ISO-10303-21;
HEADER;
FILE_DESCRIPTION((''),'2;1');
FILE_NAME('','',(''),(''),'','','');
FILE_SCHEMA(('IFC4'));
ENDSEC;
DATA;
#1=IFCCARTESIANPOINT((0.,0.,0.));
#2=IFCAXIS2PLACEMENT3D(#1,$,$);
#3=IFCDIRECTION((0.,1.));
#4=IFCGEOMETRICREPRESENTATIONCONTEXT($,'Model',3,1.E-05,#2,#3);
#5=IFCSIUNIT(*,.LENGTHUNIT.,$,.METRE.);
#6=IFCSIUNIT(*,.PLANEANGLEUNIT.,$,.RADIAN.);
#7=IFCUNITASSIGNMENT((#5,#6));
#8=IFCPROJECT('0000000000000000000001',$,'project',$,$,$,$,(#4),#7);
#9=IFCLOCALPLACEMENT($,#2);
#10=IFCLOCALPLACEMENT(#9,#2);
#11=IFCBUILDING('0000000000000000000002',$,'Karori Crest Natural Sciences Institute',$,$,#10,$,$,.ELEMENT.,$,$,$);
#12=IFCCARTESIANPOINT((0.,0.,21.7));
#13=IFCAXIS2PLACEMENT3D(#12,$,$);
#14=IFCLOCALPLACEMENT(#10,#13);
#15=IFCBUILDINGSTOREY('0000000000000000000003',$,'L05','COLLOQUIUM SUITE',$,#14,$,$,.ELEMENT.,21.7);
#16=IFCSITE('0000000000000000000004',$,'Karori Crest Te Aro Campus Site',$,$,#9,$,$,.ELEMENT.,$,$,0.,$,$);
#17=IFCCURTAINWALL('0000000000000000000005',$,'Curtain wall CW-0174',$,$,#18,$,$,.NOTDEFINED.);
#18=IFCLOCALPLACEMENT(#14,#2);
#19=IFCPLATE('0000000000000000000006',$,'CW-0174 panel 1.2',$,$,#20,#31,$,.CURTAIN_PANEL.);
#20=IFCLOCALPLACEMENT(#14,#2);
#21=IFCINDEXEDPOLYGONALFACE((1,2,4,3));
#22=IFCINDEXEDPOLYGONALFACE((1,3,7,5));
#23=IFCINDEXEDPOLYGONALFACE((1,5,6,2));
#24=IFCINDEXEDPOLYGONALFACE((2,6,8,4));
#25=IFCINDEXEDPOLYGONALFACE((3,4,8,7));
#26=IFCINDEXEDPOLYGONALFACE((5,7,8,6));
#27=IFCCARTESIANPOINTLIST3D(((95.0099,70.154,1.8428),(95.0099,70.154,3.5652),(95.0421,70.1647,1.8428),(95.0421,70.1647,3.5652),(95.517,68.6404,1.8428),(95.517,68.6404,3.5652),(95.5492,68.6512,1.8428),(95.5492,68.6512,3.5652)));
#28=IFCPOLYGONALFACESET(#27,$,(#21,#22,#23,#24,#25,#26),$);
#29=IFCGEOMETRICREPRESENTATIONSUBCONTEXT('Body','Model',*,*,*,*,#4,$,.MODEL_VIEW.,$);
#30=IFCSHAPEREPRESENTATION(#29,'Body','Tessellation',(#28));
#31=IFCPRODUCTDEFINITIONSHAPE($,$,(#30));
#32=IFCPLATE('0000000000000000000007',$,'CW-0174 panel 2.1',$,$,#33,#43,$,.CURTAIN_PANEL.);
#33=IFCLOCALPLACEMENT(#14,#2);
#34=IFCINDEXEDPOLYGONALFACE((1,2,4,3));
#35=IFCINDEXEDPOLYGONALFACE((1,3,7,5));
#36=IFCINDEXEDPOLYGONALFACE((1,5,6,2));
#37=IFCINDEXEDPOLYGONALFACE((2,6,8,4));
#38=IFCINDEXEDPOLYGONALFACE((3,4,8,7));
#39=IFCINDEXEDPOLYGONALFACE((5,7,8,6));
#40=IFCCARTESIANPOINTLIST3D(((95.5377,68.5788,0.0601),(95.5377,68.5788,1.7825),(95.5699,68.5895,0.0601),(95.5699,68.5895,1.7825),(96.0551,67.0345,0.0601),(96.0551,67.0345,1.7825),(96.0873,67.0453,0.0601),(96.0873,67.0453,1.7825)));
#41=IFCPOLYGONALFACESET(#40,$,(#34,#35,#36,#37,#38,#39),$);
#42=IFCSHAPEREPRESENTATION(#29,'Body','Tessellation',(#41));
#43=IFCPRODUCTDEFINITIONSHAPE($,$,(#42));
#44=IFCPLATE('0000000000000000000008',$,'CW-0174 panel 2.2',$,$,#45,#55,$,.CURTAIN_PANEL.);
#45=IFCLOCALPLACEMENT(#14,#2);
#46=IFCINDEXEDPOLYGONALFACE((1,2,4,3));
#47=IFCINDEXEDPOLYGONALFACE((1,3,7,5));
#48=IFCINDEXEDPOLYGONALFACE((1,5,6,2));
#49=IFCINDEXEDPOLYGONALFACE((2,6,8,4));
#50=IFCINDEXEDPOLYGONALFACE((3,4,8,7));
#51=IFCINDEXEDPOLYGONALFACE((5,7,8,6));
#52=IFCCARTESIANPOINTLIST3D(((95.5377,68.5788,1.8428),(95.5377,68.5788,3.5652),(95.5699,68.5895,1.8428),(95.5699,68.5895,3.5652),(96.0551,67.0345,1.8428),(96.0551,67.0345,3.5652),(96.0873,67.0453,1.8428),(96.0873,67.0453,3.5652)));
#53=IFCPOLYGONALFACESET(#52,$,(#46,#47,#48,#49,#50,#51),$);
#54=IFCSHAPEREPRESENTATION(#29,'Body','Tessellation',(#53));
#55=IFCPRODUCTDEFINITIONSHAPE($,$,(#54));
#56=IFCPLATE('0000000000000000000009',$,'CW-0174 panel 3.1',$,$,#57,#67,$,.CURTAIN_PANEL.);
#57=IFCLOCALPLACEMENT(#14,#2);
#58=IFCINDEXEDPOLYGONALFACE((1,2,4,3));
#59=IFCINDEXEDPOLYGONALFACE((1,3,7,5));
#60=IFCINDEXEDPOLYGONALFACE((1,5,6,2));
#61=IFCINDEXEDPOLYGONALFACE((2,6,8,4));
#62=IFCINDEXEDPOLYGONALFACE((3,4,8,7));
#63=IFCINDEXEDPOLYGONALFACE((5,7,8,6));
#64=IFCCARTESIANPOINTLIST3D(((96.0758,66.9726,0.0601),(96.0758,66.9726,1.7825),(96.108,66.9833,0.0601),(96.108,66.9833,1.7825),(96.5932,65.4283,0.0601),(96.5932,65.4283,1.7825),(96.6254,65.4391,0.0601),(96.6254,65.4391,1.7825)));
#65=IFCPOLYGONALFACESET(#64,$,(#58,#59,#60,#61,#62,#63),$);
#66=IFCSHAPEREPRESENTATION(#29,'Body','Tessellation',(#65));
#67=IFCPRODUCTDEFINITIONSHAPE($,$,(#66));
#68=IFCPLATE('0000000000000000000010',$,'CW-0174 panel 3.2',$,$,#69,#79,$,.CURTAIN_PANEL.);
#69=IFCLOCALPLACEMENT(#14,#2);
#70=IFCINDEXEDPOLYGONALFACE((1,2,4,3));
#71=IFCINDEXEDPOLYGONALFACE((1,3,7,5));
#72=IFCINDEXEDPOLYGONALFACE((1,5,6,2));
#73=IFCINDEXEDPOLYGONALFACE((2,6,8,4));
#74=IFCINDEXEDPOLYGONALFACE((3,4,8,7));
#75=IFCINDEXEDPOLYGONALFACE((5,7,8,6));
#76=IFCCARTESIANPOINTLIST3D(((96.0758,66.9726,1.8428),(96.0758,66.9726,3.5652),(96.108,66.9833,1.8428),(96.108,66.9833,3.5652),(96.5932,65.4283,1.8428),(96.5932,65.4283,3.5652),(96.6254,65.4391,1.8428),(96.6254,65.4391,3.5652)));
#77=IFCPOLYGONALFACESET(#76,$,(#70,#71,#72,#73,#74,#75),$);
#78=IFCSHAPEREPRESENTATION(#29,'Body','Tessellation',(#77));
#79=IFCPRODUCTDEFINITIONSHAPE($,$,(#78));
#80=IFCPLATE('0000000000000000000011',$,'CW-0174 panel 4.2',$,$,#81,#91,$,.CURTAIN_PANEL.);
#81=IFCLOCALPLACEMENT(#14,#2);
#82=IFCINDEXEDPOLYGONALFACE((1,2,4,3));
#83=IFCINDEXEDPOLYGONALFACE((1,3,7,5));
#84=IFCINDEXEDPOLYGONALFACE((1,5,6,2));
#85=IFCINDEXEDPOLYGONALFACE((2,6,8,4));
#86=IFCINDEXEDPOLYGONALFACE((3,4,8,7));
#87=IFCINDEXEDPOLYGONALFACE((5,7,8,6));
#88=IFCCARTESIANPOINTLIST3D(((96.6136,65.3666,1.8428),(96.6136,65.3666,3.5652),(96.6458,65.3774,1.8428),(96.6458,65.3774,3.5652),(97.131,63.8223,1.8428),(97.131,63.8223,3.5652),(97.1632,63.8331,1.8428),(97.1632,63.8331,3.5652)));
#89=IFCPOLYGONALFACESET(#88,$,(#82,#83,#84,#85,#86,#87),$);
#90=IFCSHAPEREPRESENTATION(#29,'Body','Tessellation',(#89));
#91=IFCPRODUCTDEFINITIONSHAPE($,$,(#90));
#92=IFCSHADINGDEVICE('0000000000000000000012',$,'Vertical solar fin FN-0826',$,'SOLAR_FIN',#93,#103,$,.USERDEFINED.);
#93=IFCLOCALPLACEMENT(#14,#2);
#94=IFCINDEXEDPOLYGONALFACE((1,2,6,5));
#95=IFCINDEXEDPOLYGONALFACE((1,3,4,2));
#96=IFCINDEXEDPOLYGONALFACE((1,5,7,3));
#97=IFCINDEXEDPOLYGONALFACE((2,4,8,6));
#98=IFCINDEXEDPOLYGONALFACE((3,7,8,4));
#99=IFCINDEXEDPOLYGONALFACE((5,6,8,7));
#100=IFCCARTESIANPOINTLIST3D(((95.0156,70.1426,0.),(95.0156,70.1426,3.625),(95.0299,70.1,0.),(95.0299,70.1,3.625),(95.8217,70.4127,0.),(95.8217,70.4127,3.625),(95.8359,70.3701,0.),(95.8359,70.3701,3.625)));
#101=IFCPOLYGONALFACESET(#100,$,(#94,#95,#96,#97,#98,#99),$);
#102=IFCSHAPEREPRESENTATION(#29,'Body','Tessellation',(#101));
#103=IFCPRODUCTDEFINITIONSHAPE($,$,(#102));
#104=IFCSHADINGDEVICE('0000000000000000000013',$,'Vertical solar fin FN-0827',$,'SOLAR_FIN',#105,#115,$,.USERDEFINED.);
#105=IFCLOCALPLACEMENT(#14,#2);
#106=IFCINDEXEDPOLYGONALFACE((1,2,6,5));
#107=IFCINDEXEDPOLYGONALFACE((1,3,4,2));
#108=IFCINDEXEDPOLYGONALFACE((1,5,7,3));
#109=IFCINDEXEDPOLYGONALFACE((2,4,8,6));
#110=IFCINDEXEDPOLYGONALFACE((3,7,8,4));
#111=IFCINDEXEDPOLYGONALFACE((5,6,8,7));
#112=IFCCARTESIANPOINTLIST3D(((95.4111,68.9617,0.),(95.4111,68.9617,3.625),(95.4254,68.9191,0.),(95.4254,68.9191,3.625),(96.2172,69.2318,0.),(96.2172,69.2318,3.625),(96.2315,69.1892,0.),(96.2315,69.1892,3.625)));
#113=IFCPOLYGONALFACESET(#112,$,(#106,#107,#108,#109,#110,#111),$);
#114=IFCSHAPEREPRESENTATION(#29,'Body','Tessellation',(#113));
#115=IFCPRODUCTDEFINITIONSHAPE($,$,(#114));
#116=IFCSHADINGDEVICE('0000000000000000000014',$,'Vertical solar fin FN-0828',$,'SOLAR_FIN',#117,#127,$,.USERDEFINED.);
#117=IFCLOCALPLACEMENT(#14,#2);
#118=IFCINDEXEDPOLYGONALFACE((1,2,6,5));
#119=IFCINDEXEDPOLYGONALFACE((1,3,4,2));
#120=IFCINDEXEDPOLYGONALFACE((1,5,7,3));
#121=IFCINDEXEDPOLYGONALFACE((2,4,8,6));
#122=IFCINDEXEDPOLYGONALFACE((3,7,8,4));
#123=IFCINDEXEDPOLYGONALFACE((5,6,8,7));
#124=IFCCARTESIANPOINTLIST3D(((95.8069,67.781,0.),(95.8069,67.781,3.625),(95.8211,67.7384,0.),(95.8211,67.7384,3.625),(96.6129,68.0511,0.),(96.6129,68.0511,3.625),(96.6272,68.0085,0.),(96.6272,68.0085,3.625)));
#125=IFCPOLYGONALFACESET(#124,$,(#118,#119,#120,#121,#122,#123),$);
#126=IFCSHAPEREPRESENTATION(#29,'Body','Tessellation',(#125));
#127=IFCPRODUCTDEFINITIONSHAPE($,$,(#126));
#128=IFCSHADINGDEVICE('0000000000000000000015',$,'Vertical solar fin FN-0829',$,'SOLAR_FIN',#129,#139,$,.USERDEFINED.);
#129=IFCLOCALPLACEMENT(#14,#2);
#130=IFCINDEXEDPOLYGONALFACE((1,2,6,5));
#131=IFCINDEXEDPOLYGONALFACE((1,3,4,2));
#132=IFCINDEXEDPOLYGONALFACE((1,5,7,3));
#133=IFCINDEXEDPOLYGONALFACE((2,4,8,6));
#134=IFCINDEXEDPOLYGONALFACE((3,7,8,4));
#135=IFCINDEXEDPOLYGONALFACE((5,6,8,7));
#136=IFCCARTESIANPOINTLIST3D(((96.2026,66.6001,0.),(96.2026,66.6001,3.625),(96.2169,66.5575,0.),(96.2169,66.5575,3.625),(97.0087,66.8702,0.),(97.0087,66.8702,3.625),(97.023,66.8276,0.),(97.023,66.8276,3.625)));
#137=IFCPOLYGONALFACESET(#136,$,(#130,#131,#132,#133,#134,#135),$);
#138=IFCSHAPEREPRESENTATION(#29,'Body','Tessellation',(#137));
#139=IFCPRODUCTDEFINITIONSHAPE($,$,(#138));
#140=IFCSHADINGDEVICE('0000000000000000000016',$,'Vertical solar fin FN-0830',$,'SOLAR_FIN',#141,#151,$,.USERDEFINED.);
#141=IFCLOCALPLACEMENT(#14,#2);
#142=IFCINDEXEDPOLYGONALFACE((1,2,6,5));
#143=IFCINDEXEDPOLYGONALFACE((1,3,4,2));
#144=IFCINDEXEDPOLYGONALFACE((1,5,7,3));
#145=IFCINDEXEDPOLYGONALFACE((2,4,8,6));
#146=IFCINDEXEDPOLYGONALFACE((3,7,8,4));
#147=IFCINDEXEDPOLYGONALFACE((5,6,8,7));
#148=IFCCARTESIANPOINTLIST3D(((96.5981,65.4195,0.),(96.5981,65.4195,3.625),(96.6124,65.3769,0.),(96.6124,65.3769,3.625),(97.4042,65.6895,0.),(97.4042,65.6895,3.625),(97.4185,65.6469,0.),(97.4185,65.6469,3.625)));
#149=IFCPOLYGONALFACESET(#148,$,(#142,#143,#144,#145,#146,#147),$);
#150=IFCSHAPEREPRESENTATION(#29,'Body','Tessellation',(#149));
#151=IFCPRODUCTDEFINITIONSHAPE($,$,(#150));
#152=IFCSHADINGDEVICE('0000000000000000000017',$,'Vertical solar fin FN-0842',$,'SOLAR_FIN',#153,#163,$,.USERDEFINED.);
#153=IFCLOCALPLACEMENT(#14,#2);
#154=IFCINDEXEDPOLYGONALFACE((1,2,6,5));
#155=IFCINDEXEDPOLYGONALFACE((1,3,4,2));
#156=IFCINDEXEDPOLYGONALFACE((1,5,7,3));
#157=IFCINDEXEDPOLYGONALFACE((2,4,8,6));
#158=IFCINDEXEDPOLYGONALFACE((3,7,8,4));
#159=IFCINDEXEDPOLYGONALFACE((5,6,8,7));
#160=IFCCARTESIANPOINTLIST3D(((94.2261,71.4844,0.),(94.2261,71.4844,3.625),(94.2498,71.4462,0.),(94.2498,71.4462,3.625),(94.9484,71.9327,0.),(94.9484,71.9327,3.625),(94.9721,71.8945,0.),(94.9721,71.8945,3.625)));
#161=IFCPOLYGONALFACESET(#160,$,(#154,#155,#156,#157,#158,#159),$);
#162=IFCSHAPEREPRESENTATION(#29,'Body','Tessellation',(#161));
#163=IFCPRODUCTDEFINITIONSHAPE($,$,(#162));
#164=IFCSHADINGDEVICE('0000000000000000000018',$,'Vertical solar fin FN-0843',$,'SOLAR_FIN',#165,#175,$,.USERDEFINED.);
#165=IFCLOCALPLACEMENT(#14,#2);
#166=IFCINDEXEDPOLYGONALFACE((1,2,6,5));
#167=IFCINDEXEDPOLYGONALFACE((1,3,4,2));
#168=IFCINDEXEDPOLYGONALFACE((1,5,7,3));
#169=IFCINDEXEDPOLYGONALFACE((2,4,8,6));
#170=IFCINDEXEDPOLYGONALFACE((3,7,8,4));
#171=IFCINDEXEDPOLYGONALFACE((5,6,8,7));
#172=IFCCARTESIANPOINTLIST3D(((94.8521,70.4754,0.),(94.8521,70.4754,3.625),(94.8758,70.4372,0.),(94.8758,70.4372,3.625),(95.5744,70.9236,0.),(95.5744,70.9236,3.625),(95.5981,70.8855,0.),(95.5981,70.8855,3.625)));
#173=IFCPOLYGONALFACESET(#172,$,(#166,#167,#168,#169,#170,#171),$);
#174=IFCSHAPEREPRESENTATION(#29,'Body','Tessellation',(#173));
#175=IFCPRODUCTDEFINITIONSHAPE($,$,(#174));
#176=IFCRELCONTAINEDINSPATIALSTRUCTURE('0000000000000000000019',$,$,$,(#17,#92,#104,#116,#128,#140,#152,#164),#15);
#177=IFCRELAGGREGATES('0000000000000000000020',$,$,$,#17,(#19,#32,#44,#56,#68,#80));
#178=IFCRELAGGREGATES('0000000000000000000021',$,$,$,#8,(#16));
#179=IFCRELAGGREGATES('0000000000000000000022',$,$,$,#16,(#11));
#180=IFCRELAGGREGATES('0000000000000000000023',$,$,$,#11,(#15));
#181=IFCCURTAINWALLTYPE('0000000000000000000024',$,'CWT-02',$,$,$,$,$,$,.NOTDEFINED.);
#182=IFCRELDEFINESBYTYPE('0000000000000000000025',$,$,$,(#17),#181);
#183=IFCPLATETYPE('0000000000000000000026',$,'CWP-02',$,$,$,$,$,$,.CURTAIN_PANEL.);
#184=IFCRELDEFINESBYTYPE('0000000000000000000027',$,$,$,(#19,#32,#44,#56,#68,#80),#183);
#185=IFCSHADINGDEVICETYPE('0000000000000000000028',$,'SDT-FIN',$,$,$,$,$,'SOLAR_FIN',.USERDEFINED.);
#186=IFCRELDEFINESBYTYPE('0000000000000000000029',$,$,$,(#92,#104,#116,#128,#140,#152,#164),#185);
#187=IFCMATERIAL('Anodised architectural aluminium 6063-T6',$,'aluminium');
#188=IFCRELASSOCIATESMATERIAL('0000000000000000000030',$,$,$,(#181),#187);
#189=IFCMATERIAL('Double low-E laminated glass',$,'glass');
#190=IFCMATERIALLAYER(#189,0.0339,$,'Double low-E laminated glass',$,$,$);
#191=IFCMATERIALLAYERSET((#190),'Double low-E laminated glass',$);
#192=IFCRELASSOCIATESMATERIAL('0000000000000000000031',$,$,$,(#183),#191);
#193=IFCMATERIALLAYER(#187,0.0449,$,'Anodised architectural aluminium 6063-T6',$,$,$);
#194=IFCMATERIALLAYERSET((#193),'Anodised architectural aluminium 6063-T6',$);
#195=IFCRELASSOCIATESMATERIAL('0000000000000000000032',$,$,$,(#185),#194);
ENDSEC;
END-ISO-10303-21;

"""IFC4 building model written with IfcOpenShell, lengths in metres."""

from ifc_helpers import new_model, si_unit, direction, frame, origin, origin_2d, place, context, subcontext, project, spatial, rectangle, extrude, material, layer, layer_set, type_object, element, aggregate, save


model = new_model("IFC4")

# Units and contexts
model_context = context("Model", 3, precision=1e-05, world=origin(), true_north=direction((0.0, 1.0)))
body_context = subcontext(model_context, "Body", "Model", "MODEL_VIEW")
ifc_project = project(units=[si_unit("LENGTHUNIT", "METRE"), si_unit("PLANEANGLEUNIT", "RADIAN")], contexts=[model_context])

# Site, building, storey
site_placement = place(None, origin())
site = spatial("IfcSite", under=ifc_project, at=site_placement, Name="Karori Crest Te Aro Campus Site", CompositionType="ELEMENT", RefElevation=0.0)
building_placement = place(site_placement, origin())
building = spatial("IfcBuilding", under=site, at=building_placement, Name="Karori Crest Natural Sciences Institute", CompositionType="ELEMENT")
storey_placement = place(building_placement, frame((0.0, 0.0, 21.7)))
storey = spatial("IfcBuildingStorey", under=building, at=storey_placement, Name="L05", Description="COLLOQUIUM SUITE", CompositionType="ELEMENT", Elevation=21.7)

# Curtain wall
ifc_material_1 = material(Name="Anodised architectural aluminium 6063-T6", Category="aluminium")
curtain_wall_type_1 = type_object("IfcCurtainWallType", Name="CWT-02", PredefinedType="NOTDEFINED", material=ifc_material_1)
curtain_wall_1_placement = place(storey_placement, origin())
curtain_wall_1 = element("IfcCurtainWall", 1, at=curtain_wall_1_placement, inside=storey, type_object=curtain_wall_type_1, Name="Curtain wall CW-0174", PredefinedType="NOTDEFINED")

# Plates
ifc_material_2 = material(Name="Double low-E laminated glass", Category="glass")
ifc_layer_1 = layer(ifc_material_2, 0.0339, Name="Double low-E laminated glass")
ifc_layer_set_1 = layer_set([ifc_layer_1], Name="Double low-E laminated glass")
plate_type = type_object("IfcPlateType", Name="CWP-02", PredefinedType="CURTAIN_PANEL", material=ifc_layer_set_1)
plate_1_placement = place(storey_placement, frame((95.2795, 69.4026, 1.8428), z_axis=(0.0, 0.0, 1.0), x_axis=(0.31768, -0.948198, 0.0)))
plate_1 = element("IfcPlate", 2, at=plate_1_placement, type_object=plate_type, Name="CW-0174 panel 1.2", PredefinedType="CURTAIN_PANEL", context=body_context, shape_type="SweptSolid", body=[
    extrude(rectangle(XDim=1.5962, YDim=0.0339, at=origin_2d()), origin(), (0.0, 0.0, 1.0), 1.7224),
])
plate_2_placement = place(storey_placement, frame((95.8125, 67.812, 0.0601), z_axis=(0.0, 0.0, 1.0), x_axis=(0.31768, -0.948198, 0.0)))
plate_2 = element("IfcPlate", 3, at=plate_2_placement, type_object=plate_type, Name="CW-0174 panel 2.1", PredefinedType="CURTAIN_PANEL", context=body_context, shape_type="SweptSolid", body=[
    extrude(rectangle(XDim=1.6287, YDim=0.0339, at=origin_2d()), origin(), (0.0, 0.0, 1.0), 1.7224),
])
plate_3_placement = place(storey_placement, frame((95.8125, 67.812, 1.8428), z_axis=(0.0, 0.0, 1.0), x_axis=(0.31768, -0.948198, 0.0)))
plate_3 = element("IfcPlate", 4, at=plate_3_placement, type_object=plate_type, Name="CW-0174 panel 2.2", PredefinedType="CURTAIN_PANEL", context=body_context, shape_type="SweptSolid", body=[
    extrude(rectangle(XDim=1.6287, YDim=0.0339, at=origin_2d()), origin(), (0.0, 0.0, 1.0), 1.7224),
])
plate_4_placement = place(storey_placement, frame((96.3506, 66.2058, 0.0601), z_axis=(0.0, 0.0, 1.0), x_axis=(0.31768, -0.948198, 0.0)))
plate_4 = element("IfcPlate", 5, at=plate_4_placement, type_object=plate_type, Name="CW-0174 panel 3.1", PredefinedType="CURTAIN_PANEL", context=body_context, shape_type="SweptSolid", body=[
    extrude(rectangle(XDim=1.6287, YDim=0.0339, at=origin_2d()), origin(), (0.0, 0.0, 1.0), 1.7224),
])
plate_5_placement = place(storey_placement, frame((96.3506, 66.2058, 1.8428), z_axis=(0.0, 0.0, 1.0), x_axis=(0.31768, -0.948198, 0.0)))
plate_5 = element("IfcPlate", 6, at=plate_5_placement, type_object=plate_type, Name="CW-0174 panel 3.2", PredefinedType="CURTAIN_PANEL", context=body_context, shape_type="SweptSolid", body=[
    extrude(rectangle(XDim=1.6287, YDim=0.0339, at=origin_2d()), origin(), (0.0, 0.0, 1.0), 1.7224),
])
plate_6_placement = place(storey_placement, frame((96.8884, 64.5999, 1.8428), z_axis=(0.0, 0.0, 1.0), x_axis=(0.31768, -0.948198, 0.0)))
plate_6 = element("IfcPlate", 7, at=plate_6_placement, type_object=plate_type, Name="CW-0174 panel 4.2", PredefinedType="CURTAIN_PANEL", context=body_context, shape_type="SweptSolid", body=[
    extrude(rectangle(XDim=1.6287, YDim=0.0339, at=origin_2d()), origin(), (0.0, 0.0, 1.0), 1.7224),
])
aggregate(curtain_wall_1, [plate_1, plate_2, plate_3, plate_4, plate_5, plate_6])

# Shading devices
ifc_layer_2 = layer(ifc_material_1, 0.0449, Name="Anodised architectural aluminium 6063-T6")
ifc_layer_set_2 = layer_set([ifc_layer_2], Name="Anodised architectural aluminium 6063-T6")
shading_device_type = type_object("IfcShadingDeviceType", Name="SDT-FIN", ElementType="SOLAR_FIN", PredefinedType="USERDEFINED", material=ifc_layer_set_2)
for number, where, z_axis, x_axis, name in (
    (8, (95.4258, 70.2563, 0.0), (0.0, 0.0, 1.0), (0.948198, 0.31768, 0.0), "Vertical solar fin FN-0826"),
    (9, (95.8213, 69.0754, 0.0), (0.0, 0.0, 1.0), (0.948198, 0.31768, 0.0), "Vertical solar fin FN-0827"),
    (10, (96.217, 67.8948, 0.0), (0.0, 0.0, 1.0), (0.948198, 0.31768, 0.0), "Vertical solar fin FN-0828"),
    (11, (96.6128, 66.7139, 0.0), (0.0, 0.0, 1.0), (0.948198, 0.31768, 0.0), "Vertical solar fin FN-0829"),
    (12, (97.0083, 65.5332, 0.0), (0.0, 0.0, 1.0), (0.948198, 0.31768, 0.0), "Vertical solar fin FN-0830"),
    (13, (94.5991, 71.6895, 0.0), (0.0, 0.0, 1.0), (0.849662, 0.527328, 0.0), "Vertical solar fin FN-0842"),
    (14, (95.2251, 70.6804, 0.0), (0.0, 0.0, 1.0), (0.849662, 0.527328, 0.0), "Vertical solar fin FN-0843"),
):
    element("IfcShadingDevice", number, at=place(storey_placement, frame(where, z_axis=z_axis, x_axis=x_axis)), inside=storey, type_object=shading_device_type, Name=name, ObjectType="SOLAR_FIN", PredefinedType="USERDEFINED", context=body_context, shape_type="SweptSolid", body=[
        extrude(rectangle(XDim=0.8501, YDim=0.0449, at=origin_2d()), origin(), (0.0, 0.0, 1.0), 3.625),
    ])

save(model, "model.ifc")
